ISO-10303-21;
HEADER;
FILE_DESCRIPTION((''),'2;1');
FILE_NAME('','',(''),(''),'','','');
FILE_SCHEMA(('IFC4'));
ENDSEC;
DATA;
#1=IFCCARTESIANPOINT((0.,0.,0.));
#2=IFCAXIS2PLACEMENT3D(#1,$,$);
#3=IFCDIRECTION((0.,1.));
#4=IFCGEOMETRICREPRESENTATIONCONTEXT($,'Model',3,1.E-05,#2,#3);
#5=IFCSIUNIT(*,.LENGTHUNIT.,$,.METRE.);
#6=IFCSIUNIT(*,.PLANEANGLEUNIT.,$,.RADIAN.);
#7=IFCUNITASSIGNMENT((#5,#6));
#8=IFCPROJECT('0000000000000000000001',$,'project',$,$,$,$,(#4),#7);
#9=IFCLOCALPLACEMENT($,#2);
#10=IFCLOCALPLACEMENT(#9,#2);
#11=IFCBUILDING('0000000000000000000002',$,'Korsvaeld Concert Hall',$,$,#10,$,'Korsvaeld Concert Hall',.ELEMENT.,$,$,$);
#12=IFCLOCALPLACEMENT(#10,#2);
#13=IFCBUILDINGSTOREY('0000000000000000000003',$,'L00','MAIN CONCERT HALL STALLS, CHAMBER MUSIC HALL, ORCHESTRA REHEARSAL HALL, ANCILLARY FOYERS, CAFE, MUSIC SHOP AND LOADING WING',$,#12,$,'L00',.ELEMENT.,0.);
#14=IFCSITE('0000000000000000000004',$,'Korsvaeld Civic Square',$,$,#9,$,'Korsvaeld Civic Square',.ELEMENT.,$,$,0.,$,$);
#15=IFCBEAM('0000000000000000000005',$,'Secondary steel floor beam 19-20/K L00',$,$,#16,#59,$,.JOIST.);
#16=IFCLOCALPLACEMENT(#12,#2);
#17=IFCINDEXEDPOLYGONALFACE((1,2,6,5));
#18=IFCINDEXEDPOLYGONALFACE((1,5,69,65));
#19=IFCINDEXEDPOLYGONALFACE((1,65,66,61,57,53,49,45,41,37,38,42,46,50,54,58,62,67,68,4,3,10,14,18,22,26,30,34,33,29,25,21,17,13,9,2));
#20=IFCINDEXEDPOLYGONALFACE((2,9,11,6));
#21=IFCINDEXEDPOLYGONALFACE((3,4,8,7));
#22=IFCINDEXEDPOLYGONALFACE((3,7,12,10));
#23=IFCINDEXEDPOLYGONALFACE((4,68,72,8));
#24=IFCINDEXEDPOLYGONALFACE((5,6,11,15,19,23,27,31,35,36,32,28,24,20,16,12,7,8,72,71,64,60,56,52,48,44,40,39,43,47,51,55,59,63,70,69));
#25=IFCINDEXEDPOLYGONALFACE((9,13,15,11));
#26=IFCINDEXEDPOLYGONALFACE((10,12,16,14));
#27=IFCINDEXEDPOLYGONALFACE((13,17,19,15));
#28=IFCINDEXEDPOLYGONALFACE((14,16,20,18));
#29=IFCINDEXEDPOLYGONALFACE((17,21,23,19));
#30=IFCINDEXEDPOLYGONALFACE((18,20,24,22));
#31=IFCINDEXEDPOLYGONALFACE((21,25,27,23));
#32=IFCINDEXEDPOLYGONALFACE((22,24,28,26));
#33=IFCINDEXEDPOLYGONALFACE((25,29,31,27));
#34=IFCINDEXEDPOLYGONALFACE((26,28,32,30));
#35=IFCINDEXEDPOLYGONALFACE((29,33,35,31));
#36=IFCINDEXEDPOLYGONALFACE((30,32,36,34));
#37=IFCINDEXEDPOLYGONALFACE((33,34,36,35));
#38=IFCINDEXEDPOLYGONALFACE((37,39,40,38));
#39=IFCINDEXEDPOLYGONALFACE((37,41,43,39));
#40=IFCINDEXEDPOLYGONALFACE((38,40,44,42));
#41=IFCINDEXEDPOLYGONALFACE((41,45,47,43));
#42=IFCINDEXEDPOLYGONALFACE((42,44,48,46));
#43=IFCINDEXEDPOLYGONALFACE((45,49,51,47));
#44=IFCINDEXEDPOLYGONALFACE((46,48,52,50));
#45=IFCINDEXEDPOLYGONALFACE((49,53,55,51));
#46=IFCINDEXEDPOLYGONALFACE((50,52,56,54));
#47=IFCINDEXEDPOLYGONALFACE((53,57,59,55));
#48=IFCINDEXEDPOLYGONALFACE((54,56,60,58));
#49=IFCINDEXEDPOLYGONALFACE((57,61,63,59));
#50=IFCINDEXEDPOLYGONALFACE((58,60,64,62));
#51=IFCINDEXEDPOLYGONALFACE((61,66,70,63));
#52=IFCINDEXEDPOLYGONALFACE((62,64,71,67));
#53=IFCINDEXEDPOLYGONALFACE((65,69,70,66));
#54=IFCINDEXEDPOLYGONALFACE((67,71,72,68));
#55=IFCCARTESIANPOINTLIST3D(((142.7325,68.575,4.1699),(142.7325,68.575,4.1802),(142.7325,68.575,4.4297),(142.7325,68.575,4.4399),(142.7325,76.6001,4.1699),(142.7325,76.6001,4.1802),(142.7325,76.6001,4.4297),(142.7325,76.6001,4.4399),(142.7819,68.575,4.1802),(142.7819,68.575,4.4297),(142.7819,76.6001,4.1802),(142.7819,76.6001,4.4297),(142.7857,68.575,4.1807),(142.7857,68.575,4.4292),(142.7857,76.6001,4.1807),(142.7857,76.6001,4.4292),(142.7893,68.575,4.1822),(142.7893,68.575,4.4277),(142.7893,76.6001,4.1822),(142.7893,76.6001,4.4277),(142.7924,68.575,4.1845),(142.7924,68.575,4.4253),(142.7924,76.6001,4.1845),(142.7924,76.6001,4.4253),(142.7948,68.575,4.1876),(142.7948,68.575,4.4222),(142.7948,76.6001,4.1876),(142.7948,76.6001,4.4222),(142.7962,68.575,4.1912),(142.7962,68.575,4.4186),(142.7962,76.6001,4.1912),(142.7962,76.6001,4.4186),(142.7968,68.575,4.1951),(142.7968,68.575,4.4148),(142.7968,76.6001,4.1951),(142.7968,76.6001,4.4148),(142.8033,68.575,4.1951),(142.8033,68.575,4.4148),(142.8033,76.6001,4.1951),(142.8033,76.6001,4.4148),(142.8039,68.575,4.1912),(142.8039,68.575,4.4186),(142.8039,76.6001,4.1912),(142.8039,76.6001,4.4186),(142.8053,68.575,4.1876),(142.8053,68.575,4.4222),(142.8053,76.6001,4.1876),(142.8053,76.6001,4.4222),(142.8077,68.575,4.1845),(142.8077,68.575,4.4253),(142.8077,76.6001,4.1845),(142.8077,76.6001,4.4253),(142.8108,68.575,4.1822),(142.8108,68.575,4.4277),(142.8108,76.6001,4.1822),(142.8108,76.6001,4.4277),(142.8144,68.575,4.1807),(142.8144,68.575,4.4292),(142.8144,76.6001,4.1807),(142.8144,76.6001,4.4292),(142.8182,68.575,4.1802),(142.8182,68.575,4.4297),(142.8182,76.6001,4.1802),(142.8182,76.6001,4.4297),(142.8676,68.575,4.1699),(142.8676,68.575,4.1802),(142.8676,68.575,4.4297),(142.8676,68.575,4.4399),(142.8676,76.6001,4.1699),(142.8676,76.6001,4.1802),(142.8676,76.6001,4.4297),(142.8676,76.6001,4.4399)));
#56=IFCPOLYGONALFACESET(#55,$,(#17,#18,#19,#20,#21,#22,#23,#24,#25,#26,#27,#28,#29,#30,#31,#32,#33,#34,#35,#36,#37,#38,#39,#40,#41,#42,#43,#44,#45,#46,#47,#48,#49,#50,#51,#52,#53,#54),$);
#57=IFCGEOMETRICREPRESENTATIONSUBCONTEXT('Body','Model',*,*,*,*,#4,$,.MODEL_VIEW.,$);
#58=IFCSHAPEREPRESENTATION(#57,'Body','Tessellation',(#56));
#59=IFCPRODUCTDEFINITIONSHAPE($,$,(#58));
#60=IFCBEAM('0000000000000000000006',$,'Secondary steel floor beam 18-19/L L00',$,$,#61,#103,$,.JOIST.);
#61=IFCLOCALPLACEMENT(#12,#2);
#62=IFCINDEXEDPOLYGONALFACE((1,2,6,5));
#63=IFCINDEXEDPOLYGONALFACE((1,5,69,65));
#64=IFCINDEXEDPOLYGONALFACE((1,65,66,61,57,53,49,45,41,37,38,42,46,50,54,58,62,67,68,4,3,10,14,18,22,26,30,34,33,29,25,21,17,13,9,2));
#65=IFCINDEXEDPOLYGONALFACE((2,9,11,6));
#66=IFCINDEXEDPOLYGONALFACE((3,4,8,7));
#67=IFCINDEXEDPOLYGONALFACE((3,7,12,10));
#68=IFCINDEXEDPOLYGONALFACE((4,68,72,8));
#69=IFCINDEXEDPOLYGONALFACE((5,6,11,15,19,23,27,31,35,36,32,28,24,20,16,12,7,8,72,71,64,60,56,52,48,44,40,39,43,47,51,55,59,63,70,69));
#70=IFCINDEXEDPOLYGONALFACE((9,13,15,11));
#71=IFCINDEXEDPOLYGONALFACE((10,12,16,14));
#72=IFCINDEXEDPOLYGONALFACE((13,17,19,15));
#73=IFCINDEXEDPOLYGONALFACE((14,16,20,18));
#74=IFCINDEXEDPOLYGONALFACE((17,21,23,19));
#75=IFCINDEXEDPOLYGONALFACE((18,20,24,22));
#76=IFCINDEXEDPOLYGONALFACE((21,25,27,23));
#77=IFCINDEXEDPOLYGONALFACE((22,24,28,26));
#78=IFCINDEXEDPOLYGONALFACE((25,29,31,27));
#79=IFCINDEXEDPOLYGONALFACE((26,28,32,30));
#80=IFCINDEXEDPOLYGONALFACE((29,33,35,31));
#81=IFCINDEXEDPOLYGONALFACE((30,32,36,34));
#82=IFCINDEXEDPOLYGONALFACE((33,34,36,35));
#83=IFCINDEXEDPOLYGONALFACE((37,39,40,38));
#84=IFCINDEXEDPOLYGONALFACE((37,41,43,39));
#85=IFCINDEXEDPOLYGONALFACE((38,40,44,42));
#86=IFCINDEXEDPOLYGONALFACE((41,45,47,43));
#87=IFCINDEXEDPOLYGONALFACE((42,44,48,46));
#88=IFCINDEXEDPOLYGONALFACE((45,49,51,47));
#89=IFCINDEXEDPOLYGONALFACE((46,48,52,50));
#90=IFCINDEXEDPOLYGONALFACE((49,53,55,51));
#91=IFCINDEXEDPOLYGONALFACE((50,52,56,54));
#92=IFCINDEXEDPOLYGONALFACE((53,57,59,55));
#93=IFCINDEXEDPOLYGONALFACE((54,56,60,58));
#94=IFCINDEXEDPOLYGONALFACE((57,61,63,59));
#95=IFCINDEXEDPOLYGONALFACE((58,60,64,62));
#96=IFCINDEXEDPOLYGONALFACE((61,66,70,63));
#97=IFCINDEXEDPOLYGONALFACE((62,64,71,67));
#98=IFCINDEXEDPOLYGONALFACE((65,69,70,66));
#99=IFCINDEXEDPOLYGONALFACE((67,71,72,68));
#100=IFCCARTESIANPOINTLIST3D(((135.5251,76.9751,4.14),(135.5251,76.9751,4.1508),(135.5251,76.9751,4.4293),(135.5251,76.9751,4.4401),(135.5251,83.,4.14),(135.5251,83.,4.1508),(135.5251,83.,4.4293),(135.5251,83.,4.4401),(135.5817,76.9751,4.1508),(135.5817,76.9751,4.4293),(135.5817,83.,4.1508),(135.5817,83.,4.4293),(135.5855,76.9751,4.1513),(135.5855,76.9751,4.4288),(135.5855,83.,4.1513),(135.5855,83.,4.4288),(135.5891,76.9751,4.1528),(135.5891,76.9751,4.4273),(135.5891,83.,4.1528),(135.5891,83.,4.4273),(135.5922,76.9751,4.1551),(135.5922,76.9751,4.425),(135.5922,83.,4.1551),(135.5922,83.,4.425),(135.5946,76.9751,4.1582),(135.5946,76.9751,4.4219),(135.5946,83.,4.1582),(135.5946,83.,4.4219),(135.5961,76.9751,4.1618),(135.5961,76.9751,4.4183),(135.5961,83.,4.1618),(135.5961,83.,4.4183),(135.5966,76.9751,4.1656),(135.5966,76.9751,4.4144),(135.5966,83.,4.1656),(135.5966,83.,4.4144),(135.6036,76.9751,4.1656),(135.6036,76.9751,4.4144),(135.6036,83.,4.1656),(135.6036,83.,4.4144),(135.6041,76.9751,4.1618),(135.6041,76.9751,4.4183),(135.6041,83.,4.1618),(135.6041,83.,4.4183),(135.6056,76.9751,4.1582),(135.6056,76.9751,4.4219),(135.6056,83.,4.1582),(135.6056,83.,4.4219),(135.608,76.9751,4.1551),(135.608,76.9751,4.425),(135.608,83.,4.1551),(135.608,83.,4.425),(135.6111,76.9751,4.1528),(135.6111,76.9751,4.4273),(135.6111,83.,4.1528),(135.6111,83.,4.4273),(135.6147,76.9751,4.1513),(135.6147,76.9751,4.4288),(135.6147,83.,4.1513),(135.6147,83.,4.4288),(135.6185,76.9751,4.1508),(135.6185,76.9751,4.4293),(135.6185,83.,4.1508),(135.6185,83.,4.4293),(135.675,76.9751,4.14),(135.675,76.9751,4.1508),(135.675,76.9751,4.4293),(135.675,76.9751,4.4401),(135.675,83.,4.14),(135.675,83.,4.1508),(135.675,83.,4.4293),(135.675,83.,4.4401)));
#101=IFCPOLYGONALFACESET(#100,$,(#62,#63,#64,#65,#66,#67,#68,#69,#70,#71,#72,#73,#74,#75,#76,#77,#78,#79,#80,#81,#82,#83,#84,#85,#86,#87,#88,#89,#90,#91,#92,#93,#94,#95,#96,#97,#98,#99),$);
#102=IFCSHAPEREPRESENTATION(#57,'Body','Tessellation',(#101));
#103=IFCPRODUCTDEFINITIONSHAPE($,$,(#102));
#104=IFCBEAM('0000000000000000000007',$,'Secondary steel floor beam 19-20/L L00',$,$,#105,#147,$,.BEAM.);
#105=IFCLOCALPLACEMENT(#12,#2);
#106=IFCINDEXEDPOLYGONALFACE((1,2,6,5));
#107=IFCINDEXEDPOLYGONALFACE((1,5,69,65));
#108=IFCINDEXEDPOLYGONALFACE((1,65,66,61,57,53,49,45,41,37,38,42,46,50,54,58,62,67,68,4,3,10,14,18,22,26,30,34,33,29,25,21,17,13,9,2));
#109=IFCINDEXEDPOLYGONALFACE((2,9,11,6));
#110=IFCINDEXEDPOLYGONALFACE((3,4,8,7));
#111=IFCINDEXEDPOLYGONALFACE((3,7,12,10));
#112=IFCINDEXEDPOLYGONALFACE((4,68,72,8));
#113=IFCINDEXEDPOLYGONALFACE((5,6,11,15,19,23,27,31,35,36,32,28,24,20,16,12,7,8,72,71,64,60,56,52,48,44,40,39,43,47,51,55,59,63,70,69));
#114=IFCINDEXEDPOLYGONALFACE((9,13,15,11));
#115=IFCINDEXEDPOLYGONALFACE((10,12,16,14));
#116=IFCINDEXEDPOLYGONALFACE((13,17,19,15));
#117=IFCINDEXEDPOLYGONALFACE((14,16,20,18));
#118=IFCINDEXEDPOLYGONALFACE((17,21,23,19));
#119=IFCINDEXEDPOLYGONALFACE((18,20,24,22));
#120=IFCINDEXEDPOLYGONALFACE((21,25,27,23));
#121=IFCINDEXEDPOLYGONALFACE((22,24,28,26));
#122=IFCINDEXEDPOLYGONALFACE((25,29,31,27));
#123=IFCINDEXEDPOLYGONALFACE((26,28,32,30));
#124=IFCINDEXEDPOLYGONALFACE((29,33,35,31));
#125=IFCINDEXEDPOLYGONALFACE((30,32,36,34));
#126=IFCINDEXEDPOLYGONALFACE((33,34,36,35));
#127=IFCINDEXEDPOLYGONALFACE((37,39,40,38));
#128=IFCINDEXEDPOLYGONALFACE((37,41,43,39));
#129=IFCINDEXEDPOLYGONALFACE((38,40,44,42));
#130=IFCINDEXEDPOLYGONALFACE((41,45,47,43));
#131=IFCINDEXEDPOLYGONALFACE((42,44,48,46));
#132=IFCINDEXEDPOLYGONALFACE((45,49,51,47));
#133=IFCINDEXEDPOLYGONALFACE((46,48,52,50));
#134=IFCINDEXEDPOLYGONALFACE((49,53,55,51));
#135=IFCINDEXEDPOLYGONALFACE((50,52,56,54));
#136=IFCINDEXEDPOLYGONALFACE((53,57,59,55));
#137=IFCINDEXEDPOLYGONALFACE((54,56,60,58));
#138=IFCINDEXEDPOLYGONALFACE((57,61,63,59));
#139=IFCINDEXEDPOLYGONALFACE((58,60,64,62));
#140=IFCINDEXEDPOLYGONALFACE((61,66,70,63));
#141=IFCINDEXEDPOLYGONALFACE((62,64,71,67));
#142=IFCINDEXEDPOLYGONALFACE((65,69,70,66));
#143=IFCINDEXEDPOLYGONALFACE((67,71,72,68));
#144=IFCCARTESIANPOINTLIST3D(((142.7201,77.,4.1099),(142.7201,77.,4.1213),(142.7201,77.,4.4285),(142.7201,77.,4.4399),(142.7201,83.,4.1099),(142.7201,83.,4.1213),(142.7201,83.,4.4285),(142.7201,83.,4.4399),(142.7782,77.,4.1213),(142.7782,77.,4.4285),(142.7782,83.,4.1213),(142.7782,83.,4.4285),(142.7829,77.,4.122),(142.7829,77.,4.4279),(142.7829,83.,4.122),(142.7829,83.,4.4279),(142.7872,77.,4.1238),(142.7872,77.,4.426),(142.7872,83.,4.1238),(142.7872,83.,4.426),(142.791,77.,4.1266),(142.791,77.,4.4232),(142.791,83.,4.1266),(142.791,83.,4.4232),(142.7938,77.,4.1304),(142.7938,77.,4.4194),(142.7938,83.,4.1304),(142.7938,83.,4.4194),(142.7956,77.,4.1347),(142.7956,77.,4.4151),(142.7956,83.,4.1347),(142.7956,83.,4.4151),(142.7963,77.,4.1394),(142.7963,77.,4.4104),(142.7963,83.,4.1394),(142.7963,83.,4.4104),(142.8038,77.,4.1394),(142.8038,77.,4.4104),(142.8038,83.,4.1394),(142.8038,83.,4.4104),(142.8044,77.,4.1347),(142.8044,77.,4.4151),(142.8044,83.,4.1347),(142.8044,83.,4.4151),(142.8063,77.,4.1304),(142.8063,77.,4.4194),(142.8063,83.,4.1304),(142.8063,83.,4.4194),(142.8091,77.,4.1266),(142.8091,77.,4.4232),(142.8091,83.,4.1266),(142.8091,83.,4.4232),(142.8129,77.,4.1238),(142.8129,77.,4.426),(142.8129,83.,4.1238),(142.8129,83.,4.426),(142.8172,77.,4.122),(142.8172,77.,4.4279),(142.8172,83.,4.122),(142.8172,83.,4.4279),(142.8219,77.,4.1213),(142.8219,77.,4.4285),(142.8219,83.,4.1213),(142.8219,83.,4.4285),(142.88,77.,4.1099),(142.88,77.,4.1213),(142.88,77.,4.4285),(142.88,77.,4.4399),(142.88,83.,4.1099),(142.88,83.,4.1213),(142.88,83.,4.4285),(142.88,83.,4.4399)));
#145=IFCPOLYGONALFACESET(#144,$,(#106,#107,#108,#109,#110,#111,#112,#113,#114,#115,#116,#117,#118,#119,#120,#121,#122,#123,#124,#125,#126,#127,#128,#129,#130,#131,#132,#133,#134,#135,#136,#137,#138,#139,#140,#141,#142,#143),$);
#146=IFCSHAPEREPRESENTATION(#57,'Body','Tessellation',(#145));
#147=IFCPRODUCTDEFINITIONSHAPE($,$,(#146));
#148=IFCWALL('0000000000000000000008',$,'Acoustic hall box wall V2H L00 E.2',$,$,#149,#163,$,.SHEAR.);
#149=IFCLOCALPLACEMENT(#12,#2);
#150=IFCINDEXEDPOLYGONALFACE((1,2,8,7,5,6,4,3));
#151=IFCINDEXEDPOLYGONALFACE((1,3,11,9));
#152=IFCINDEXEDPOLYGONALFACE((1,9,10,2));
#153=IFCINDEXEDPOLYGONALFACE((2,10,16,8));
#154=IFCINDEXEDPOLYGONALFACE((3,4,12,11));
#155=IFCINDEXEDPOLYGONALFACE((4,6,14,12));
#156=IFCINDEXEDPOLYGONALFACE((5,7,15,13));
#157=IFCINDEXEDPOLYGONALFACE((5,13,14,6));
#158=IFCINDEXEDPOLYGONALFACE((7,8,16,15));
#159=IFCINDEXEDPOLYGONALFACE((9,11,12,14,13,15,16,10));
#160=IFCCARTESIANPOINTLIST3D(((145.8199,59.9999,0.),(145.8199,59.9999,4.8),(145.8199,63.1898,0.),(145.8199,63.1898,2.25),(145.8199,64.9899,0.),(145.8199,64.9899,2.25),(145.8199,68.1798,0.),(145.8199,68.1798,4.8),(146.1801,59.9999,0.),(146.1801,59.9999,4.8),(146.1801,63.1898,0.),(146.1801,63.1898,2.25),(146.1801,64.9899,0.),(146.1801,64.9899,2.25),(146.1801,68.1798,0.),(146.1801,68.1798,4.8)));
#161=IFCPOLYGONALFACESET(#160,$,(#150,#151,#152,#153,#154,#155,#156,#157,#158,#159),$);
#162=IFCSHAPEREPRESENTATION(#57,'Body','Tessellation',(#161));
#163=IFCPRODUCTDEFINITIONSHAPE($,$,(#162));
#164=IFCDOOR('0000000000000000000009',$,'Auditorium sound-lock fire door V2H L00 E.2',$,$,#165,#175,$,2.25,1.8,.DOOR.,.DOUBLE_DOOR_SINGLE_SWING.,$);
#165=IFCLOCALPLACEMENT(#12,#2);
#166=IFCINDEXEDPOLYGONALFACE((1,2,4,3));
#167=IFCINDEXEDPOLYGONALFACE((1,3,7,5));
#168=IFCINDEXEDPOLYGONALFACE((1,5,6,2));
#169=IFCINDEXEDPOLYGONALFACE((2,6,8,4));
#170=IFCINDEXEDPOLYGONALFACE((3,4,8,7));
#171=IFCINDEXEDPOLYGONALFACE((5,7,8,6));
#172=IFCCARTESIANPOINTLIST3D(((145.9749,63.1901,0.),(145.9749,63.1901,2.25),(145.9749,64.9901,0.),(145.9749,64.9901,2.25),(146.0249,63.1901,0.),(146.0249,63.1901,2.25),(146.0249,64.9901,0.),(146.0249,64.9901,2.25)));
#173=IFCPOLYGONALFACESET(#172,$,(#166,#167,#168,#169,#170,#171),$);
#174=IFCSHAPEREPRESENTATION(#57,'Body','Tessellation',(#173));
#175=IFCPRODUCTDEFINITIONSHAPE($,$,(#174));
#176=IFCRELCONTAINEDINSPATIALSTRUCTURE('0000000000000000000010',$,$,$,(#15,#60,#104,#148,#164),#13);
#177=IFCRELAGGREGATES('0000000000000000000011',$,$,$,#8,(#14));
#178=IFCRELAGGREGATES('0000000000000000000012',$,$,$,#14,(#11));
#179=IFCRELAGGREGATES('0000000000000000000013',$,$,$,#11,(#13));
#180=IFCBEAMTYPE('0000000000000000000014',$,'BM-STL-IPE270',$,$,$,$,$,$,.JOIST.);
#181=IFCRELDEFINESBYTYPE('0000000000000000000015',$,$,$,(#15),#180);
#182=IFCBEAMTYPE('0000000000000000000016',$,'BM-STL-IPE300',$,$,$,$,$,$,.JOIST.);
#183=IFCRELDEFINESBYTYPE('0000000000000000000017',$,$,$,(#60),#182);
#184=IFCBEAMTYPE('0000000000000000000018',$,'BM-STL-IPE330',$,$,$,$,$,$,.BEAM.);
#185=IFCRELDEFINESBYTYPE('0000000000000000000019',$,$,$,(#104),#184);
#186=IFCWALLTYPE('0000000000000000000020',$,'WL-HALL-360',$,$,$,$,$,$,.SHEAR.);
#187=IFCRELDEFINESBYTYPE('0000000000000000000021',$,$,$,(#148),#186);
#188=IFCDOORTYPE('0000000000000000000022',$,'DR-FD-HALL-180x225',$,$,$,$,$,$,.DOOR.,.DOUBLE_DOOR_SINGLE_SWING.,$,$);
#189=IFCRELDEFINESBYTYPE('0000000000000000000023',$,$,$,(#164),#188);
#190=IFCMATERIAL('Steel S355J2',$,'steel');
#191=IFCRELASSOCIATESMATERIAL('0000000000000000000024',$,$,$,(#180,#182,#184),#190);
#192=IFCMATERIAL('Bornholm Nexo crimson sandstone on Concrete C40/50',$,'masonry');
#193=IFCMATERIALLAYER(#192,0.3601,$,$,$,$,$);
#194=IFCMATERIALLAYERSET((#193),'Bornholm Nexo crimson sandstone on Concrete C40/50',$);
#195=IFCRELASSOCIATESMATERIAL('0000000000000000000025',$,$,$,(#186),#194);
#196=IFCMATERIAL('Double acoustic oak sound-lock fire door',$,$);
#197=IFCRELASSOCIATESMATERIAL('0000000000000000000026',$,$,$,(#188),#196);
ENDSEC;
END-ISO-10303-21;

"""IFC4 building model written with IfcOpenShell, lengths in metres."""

from ifc_helpers import new_model, si_unit, direction, frame, frame_2d, origin, origin_2d, place, context, subcontext, project, spatial, rectangle, i_section, extrude, material, layer, layer_set, material_profile, profile_set, type_object, element, fill, save


model = new_model("IFC4")

# Units and contexts
model_context = context("Model", 3, precision=1e-05, world=origin(), true_north=direction((0.0, 1.0)))
body_context = subcontext(model_context, "Body", "Model", "MODEL_VIEW")
ifc_project = project(units=[si_unit("LENGTHUNIT", "METRE"), si_unit("PLANEANGLEUNIT", "RADIAN")], contexts=[model_context])

# Site, building, storey
site_placement = place(None, origin())
site = spatial("IfcSite", under=ifc_project, at=site_placement, Name="Korsvaeld Civic Square", LongName="Korsvaeld Civic Square", CompositionType="ELEMENT", RefElevation=0.0)
building_placement = place(site_placement, origin())
building = spatial("IfcBuilding", under=site, at=building_placement, Name="Korsvaeld Concert Hall", LongName="Korsvaeld Concert Hall", CompositionType="ELEMENT")
storey_placement = place(building_placement, origin())
storey = spatial("IfcBuildingStorey", under=building, at=storey_placement, Name="L00", Description="MAIN CONCERT HALL STALLS, CHAMBER MUSIC HALL, ORCHESTRA REHEARSAL HALL, ANCILLARY FOYERS, CAFE, MUSIC SHOP AND LOADING WING", LongName="L00", CompositionType="ELEMENT", Elevation=0.0)

# Beams
ifc_material_1 = material(Name="Steel S355J2", Category="steel")
ifc_material_profile_1 = material_profile(ifc_material_1, i_section(OverallWidth=0.135, OverallDepth=0.27, WebThickness=0.0066, FlangeThickness=0.0103, FilletRadius=0.0149, at=origin_2d()), Name="IPE 270")
ifc_profile_set_1 = profile_set([ifc_material_profile_1], Name="Steel S355J2")
beam_type_1 = type_object("IfcBeamType", Name="BM-STL-IPE270", PredefinedType="JOIST", material=ifc_profile_set_1)
beam_1_placement = place(storey_placement, frame((142.8, 68.575, 4.3049), z_axis=(0.0, 1.0, 0.0), x_axis=(-1.0, 0.0, 0.0)))
element("IfcBeam", 1, at=beam_1_placement, inside=storey, type_object=beam_type_1, Name="Secondary steel floor beam 19-20/K L00", PredefinedType="JOIST", context=body_context, shape_type="SweptSolid", body=[
    extrude(i_section(OverallWidth=0.135, OverallDepth=0.27, WebThickness=0.0066, FlangeThickness=0.0103, FilletRadius=0.0149, at=origin_2d()), origin(), (0.0, 0.0, 1.0), 8.0251),
])
ifc_material_profile_2 = material_profile(ifc_material_1, i_section(OverallWidth=0.1499, OverallDepth=0.3, WebThickness=0.0071, FlangeThickness=0.0107, FilletRadius=0.0149, at=origin_2d()), Name="IPE 300")
ifc_profile_set_2 = profile_set([ifc_material_profile_2], Name="Steel S355J2")
beam_type_2 = type_object("IfcBeamType", Name="BM-STL-IPE300", PredefinedType="JOIST", material=ifc_profile_set_2)
beam_2_placement = place(storey_placement, frame((135.6001, 76.9751, 4.29), z_axis=(0.0, 1.0, 0.0), x_axis=(-1.0, 0.0, 0.0)))
element("IfcBeam", 2, at=beam_2_placement, inside=storey, type_object=beam_type_2, Name="Secondary steel floor beam 18-19/L L00", PredefinedType="JOIST", context=body_context, shape_type="SweptSolid", body=[
    extrude(i_section(OverallWidth=0.1499, OverallDepth=0.3, WebThickness=0.0071, FlangeThickness=0.0107, FilletRadius=0.0149, at=origin_2d()), origin(), (0.0, 0.0, 1.0), 6.0249),
])
ifc_material_profile_3 = material_profile(ifc_material_1, i_section(OverallWidth=0.1599, OverallDepth=0.3301, WebThickness=0.0076, FlangeThickness=0.0115, FilletRadius=0.0181, at=origin_2d()), Name="IPE 330")
ifc_profile_set_3 = profile_set([ifc_material_profile_3], Name="Steel S355J2")
beam_type_3 = type_object("IfcBeamType", Name="BM-STL-IPE330", PredefinedType="BEAM", material=ifc_profile_set_3)
beam_3_placement = place(storey_placement, frame((142.8, 77.0, 4.2749), z_axis=(0.0, 1.0, 0.0), x_axis=(-1.0, 0.0, 0.0)))
element("IfcBeam", 3, at=beam_3_placement, inside=storey, type_object=beam_type_3, Name="Secondary steel floor beam 19-20/L L00", PredefinedType="BEAM", context=body_context, shape_type="SweptSolid", body=[
    extrude(i_section(OverallWidth=0.1599, OverallDepth=0.3301, WebThickness=0.0076, FlangeThickness=0.0115, FilletRadius=0.0181, at=origin_2d()), origin(), (0.0, 0.0, 1.0), 6.0),
])

# Wall, opening, door
ifc_material_2 = material(Name="Bornholm Nexo crimson sandstone on Concrete C40/50", Category="masonry")
ifc_layer_1 = layer(ifc_material_2, 0.3601)
ifc_layer_set_1 = layer_set([ifc_layer_1], Name="Bornholm Nexo crimson sandstone on Concrete C40/50")
wall_type_1 = type_object("IfcWallType", Name="WL-HALL-360", PredefinedType="SHEAR", material=ifc_layer_set_1)
wall_1_placement = place(storey_placement, frame((146.0, 60.0, 0.0), z_axis=(0.0, 0.0, 1.0), x_axis=(0.0, 1.0, 0.0)))
wall_1 = element("IfcWall", 4, at=wall_1_placement, inside=storey, type_object=wall_type_1, Name="Acoustic hall box wall V2H L00 E.2", PredefinedType="SHEAR", context=body_context, shape_type="SweptSolid", body=[
    extrude(rectangle(XDim=8.1799, YDim=0.3601, at=frame_2d((4.0898, 0.0))), origin(), (0.0, 0.0, 1.0), 4.8),
])
opening_1_placement = place(wall_1_placement, frame((3.1899, 0.0, 0.0)))
opening_1 = element("IfcOpeningElement", 5, at=opening_1_placement, cuts=wall_1, PredefinedType="OPENING", context=body_context, shape_type="SweptSolid", body=[
    extrude(rectangle(XDim=1.8, YDim=2.25, at=frame_2d((0.8999, 1.125))), frame((0.0, 0.1899, 0.0), z_axis=(0.0, -1.0, 0.0), x_axis=(1.0, 0.0, 0.0)), (0.0, 0.0, 1.0), 0.3801),
])
ifc_material_3 = material(Name="Double acoustic oak sound-lock fire door")
door_type_1 = type_object("IfcDoorType", Name="DR-FD-HALL-180x225", OperationType="DOUBLE_DOOR_SINGLE_SWING", PredefinedType="DOOR", material=ifc_material_3)
door_1_placement = place(opening_1_placement, frame((1.8, 0.0, 0.0), z_axis=(0.0, 0.0, 1.0), x_axis=(-1.0, 0.0, 0.0)))
door_1 = element("IfcDoor", 6, at=door_1_placement, inside=storey, type_object=door_type_1, Name="Auditorium sound-lock fire door V2H L00 E.2", OperationType="DOUBLE_DOOR_SINGLE_SWING", OverallHeight=2.25, OverallWidth=1.8, PredefinedType="DOOR", context=body_context, shape_type="SweptSolid", body=[
    extrude(rectangle(XDim=1.8, YDim=2.25, at=frame_2d((0.8999, 1.125))), frame((0.0, 0.0249, 0.0), z_axis=(0.0, -1.0, 0.0), x_axis=(1.0, 0.0, 0.0)), (0.0, 0.0, 1.0), 0.05),
])
fill(opening_1, door_1)

save(model, "model.ifc")
